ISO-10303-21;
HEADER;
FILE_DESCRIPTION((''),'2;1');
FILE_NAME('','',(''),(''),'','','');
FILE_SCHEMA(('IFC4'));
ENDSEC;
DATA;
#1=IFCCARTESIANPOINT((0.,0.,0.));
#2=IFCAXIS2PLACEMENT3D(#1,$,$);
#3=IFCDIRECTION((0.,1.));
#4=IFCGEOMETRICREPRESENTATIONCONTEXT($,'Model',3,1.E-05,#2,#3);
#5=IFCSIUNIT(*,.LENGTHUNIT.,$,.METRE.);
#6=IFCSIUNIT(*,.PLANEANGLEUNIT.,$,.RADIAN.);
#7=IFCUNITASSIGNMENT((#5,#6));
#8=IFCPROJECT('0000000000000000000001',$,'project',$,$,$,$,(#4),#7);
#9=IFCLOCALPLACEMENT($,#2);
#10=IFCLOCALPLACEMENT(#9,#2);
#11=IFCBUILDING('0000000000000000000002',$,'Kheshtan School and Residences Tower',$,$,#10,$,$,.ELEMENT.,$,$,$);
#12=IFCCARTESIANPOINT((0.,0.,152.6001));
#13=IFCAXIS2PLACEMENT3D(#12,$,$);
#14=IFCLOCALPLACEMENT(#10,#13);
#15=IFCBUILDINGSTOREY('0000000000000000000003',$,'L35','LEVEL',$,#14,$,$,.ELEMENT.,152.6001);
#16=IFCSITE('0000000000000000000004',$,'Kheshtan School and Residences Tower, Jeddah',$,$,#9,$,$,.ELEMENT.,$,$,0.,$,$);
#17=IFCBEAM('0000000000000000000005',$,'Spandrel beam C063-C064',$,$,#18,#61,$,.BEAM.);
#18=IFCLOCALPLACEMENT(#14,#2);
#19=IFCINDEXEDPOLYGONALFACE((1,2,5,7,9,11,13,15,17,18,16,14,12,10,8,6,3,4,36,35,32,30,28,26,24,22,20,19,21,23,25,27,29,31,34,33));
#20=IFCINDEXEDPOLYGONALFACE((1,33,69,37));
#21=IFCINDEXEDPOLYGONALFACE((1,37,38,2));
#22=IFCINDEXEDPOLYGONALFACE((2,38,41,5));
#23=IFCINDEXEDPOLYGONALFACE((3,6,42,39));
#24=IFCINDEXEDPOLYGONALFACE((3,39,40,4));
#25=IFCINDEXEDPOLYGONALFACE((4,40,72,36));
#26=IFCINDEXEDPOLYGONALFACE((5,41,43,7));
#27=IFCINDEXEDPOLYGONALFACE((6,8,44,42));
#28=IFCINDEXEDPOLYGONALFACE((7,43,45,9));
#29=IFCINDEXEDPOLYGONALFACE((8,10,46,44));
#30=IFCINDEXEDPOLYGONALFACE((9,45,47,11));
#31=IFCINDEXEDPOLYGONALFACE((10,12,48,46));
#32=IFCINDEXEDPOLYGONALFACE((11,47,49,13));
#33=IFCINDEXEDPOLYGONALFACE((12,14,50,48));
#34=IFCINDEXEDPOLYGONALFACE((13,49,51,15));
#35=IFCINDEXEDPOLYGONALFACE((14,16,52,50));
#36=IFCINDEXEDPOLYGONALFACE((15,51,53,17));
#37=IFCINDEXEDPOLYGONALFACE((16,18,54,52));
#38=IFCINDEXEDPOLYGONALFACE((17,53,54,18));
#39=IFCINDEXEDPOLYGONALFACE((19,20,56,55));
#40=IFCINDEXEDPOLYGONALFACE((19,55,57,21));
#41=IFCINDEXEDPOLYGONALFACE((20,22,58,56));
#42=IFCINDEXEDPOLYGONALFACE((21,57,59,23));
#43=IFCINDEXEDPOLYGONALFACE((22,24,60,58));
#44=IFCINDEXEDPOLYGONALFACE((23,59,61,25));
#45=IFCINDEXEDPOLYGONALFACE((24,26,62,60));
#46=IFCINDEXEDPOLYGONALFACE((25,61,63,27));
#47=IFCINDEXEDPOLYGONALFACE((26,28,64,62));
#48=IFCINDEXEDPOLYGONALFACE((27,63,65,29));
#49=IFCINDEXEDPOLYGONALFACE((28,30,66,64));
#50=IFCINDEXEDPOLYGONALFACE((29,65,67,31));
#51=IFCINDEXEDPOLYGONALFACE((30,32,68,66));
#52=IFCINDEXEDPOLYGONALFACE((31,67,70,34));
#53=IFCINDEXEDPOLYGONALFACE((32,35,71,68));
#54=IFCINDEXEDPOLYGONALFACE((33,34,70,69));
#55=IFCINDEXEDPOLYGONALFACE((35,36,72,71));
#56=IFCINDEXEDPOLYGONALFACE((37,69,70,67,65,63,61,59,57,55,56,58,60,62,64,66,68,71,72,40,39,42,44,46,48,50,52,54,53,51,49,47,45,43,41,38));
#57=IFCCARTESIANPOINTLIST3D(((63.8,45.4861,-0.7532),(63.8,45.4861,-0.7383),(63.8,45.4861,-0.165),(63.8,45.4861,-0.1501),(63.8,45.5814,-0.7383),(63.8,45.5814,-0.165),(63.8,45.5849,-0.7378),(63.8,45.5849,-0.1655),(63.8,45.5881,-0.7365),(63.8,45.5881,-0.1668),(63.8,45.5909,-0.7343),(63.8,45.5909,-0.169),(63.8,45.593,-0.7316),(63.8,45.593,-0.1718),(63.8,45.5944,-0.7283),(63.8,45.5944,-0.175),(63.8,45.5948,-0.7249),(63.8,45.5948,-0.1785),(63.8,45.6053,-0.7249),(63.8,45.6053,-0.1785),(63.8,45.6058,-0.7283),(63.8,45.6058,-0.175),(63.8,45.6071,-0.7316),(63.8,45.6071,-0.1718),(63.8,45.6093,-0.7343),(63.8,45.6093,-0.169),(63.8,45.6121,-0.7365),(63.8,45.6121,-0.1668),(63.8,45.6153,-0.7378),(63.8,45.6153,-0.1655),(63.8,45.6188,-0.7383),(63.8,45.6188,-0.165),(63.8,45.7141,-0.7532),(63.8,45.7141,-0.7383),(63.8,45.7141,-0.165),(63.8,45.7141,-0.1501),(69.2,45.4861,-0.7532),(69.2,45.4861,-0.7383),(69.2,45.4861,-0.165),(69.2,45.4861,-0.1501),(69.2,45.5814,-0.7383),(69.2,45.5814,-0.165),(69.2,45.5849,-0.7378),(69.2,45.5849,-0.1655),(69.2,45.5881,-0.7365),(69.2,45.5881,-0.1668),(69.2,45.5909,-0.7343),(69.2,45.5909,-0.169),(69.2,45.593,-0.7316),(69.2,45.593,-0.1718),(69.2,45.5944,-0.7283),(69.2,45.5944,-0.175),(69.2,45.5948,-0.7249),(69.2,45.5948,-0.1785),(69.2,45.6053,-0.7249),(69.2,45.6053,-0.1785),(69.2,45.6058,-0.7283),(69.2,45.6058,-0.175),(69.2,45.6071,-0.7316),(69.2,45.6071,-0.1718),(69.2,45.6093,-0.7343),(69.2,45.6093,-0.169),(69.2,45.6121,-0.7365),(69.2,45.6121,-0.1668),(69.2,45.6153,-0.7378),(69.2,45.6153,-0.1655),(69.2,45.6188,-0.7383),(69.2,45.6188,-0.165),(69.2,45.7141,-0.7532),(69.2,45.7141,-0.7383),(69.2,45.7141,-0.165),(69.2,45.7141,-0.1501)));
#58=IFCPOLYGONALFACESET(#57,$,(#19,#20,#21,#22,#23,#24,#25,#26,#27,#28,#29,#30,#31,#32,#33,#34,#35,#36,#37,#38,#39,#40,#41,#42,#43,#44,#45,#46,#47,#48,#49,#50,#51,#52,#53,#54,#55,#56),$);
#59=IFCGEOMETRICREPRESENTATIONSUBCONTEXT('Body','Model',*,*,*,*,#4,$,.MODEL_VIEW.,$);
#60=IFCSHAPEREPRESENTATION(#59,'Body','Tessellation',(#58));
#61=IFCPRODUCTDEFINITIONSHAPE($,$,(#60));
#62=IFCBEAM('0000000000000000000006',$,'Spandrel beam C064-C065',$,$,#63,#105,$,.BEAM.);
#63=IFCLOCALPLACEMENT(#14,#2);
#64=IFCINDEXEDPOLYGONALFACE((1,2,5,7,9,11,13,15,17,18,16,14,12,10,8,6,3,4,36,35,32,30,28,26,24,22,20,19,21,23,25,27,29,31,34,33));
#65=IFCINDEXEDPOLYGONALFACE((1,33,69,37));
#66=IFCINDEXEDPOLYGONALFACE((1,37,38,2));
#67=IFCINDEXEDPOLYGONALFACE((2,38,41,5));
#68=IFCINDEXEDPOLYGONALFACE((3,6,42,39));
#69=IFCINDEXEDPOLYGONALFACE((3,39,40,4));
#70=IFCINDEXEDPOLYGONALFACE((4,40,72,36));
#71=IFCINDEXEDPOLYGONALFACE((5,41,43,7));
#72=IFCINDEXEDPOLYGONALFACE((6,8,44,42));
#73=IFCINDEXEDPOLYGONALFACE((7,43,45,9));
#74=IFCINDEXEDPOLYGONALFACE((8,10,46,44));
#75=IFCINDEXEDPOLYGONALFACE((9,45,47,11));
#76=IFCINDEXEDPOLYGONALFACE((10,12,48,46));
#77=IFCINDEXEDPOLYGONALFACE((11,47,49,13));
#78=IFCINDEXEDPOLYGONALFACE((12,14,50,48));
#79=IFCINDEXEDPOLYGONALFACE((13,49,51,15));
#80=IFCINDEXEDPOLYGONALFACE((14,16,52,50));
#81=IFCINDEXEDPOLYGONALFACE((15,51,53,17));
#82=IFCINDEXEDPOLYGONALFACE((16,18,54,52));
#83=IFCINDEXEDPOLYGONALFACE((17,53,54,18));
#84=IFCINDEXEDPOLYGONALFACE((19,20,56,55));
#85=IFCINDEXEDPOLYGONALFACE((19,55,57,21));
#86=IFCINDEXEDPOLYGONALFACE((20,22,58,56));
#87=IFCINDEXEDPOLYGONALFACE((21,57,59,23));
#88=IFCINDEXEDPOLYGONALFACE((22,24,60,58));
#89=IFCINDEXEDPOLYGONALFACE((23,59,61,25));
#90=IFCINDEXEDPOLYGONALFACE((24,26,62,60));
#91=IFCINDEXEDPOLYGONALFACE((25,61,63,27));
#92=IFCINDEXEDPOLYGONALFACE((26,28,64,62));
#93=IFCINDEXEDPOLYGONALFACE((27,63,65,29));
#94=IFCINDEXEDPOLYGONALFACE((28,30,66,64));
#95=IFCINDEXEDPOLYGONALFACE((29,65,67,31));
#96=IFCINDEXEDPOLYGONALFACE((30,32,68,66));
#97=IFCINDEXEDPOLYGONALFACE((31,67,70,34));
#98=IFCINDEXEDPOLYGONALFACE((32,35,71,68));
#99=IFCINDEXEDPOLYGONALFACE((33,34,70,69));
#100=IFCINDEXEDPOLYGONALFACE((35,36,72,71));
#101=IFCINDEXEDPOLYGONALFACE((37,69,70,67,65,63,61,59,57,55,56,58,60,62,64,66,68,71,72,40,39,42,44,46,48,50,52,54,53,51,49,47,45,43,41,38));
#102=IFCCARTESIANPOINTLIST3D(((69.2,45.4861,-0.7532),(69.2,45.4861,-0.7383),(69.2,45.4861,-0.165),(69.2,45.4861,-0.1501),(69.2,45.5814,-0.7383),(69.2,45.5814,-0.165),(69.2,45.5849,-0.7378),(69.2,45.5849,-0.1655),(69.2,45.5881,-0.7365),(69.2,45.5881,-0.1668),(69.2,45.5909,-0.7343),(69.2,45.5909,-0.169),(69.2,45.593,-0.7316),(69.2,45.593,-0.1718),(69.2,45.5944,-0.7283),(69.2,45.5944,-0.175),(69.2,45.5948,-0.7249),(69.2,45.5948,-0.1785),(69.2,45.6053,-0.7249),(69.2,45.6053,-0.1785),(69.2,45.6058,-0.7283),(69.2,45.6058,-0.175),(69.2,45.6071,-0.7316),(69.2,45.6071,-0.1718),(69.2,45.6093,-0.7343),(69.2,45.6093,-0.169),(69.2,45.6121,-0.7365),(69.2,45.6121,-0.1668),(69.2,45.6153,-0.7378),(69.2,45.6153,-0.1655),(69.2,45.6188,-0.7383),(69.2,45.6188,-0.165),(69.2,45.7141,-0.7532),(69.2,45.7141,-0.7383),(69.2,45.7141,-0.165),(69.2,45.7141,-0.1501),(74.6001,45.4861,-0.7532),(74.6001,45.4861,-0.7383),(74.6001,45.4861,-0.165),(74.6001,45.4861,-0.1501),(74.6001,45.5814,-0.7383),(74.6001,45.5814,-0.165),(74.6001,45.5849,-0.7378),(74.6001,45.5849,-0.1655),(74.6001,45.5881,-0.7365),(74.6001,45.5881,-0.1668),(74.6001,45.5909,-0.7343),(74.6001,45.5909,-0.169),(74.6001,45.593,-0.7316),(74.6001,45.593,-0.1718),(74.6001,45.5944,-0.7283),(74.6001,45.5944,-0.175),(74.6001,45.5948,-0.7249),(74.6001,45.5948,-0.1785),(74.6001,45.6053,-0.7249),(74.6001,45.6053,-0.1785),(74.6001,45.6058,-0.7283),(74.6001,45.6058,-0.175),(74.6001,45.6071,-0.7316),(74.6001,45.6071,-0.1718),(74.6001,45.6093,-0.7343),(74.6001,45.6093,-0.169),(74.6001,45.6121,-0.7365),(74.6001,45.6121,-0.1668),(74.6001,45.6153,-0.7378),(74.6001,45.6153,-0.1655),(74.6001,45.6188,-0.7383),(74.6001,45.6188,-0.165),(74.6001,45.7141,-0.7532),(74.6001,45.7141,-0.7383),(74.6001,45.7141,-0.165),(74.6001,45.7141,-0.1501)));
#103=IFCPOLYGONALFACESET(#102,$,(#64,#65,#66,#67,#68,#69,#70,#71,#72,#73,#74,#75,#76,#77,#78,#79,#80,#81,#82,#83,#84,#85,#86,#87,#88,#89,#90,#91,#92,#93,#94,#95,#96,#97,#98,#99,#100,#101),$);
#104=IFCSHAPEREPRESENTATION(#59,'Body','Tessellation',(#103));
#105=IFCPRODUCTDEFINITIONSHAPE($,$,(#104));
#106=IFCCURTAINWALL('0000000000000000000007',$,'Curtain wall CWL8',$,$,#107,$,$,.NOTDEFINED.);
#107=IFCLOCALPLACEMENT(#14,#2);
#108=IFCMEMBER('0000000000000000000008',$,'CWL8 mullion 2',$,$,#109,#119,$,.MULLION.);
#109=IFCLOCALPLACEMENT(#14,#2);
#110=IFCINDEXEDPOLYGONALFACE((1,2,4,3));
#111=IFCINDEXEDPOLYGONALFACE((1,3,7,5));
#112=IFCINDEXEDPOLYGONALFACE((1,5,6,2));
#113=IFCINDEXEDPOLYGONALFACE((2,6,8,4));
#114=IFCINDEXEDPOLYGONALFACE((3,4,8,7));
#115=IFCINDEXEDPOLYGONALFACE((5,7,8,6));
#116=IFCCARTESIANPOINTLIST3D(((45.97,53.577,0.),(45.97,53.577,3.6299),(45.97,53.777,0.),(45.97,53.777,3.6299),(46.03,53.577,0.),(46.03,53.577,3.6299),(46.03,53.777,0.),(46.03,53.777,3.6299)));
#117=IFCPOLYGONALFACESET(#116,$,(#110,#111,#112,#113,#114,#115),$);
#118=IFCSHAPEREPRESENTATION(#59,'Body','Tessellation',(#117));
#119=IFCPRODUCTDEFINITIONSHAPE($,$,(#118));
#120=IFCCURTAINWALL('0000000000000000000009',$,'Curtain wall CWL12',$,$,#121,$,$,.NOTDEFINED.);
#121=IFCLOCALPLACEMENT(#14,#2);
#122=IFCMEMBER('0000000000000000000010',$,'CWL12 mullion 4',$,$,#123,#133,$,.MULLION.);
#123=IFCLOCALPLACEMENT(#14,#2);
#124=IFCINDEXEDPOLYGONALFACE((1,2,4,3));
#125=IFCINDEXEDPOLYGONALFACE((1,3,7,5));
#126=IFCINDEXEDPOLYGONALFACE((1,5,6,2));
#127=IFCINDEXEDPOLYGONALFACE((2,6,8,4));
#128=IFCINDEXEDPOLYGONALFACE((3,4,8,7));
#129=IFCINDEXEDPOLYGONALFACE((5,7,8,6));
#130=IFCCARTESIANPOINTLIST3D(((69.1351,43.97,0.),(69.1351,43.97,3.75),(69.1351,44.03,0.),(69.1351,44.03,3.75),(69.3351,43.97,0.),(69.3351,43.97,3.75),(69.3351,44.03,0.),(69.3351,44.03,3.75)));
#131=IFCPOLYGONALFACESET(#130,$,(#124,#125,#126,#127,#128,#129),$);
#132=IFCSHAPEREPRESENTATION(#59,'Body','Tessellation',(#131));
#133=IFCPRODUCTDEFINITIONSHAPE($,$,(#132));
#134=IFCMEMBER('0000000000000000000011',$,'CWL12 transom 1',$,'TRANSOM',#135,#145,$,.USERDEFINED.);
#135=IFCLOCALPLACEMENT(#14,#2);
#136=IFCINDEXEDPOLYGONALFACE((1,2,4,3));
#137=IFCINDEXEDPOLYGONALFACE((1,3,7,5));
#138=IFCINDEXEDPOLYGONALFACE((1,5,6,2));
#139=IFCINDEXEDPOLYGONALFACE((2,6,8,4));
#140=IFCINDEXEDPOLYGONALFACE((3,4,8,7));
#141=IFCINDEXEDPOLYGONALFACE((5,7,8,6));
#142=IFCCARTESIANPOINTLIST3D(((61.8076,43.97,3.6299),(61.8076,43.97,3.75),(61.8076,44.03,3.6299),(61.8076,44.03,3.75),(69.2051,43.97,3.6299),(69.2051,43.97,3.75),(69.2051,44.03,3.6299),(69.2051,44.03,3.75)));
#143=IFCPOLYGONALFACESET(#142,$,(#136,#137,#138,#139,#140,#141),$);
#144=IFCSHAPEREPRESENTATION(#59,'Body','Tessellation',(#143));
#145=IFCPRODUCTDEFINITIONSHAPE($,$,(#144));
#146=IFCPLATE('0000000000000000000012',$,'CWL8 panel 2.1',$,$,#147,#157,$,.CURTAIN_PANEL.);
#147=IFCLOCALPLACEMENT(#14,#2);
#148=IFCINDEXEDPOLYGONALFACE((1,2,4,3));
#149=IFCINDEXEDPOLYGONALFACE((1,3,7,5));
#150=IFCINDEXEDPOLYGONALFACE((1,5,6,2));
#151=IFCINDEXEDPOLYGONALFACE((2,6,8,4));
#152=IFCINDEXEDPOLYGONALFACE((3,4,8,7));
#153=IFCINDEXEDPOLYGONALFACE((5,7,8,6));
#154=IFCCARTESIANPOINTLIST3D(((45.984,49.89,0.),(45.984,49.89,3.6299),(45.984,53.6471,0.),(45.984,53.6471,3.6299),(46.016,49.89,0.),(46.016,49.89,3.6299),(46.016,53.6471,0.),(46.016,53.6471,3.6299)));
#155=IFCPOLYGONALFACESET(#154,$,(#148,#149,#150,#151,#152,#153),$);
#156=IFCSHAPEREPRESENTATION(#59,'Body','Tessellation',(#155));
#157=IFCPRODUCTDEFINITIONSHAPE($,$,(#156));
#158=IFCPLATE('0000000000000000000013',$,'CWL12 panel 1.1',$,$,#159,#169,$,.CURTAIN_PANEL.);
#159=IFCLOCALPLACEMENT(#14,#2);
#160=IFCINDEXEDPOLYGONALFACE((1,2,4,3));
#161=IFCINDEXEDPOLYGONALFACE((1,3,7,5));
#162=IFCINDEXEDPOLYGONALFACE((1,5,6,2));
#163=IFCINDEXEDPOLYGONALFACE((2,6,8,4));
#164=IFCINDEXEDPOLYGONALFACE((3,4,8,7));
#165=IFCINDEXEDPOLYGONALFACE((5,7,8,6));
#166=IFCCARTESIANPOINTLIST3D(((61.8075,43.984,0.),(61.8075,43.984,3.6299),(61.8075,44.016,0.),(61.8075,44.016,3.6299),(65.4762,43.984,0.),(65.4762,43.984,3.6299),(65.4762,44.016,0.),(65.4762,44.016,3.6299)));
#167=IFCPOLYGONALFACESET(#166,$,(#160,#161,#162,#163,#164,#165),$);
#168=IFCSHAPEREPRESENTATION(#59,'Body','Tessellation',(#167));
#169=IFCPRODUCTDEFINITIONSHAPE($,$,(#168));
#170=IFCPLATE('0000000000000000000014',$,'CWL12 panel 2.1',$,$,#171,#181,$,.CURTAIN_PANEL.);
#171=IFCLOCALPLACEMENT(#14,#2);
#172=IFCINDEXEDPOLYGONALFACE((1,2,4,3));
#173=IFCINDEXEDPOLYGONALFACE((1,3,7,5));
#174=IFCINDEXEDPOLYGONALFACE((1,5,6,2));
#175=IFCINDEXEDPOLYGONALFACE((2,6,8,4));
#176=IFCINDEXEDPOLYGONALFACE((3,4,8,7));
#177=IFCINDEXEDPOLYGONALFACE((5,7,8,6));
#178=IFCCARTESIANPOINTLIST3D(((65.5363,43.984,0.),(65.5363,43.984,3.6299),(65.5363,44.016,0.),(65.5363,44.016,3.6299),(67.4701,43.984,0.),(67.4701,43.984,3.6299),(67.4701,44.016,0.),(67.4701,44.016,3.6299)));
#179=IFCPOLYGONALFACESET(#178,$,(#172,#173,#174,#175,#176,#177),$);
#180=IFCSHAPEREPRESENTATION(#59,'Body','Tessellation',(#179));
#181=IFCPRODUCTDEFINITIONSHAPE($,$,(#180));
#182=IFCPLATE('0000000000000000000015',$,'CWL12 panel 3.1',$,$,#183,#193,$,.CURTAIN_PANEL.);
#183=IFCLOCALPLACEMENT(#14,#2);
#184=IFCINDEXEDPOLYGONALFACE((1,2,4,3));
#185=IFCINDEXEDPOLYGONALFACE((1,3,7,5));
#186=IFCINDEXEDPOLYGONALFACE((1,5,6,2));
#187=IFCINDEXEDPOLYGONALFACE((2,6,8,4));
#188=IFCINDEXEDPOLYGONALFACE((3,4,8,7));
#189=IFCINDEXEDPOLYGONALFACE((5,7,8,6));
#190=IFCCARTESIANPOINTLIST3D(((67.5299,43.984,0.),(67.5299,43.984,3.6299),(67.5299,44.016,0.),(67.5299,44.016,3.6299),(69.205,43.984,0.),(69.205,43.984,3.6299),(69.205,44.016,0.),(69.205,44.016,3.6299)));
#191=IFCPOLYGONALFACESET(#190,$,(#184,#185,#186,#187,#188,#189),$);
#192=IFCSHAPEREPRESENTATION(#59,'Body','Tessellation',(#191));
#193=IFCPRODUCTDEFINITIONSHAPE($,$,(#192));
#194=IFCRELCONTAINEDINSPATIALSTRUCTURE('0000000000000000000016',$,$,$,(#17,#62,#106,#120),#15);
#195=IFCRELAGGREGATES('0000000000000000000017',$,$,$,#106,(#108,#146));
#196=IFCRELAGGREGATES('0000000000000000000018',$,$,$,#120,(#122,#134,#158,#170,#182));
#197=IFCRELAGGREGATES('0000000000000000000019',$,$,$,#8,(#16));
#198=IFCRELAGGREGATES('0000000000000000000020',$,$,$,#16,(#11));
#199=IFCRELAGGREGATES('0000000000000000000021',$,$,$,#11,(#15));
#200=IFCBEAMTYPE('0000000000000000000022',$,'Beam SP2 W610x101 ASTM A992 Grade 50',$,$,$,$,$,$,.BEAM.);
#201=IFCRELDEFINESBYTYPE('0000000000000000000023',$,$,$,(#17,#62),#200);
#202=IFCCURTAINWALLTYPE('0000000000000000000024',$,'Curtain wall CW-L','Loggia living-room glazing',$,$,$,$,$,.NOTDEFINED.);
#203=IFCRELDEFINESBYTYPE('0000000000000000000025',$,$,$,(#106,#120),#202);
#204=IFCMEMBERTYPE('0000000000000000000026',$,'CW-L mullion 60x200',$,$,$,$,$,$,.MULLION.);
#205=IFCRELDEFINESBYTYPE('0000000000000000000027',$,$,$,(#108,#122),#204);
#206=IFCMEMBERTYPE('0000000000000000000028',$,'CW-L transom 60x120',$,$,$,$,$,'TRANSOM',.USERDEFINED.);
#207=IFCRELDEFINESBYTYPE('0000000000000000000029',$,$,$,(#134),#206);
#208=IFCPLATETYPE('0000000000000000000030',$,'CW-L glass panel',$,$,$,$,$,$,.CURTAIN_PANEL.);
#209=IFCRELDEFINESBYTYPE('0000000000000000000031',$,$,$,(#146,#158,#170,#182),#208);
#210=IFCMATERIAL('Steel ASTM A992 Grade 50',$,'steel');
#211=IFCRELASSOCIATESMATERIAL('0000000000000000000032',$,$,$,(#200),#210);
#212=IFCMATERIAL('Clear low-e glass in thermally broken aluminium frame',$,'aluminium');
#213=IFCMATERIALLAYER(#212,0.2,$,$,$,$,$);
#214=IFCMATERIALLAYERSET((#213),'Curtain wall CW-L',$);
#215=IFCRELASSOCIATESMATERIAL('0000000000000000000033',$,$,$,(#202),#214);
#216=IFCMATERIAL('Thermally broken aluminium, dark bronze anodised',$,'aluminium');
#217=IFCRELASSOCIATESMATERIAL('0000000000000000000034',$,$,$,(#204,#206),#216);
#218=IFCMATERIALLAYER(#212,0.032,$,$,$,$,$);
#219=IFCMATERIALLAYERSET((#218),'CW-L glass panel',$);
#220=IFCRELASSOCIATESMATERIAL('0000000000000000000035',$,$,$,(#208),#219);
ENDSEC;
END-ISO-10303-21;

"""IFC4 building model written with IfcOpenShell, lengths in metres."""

from ifc_helpers import new_model, si_unit, direction, frame, origin, origin_2d, place, context, subcontext, project, spatial, rectangle, i_section, extrude, material, layer, layer_set, material_profile, profile_set, type_object, element, aggregate, save


model = new_model("IFC4")

# Units and contexts
model_context = context("Model", 3, precision=1e-05, world=origin(), true_north=direction((0.0, 1.0)))
body_context = subcontext(model_context, "Body", "Model", "MODEL_VIEW")
ifc_project = project(units=[si_unit("LENGTHUNIT", "METRE"), si_unit("PLANEANGLEUNIT", "RADIAN")], contexts=[model_context])

# Site, building, storey
site_placement = place(None, origin())
site = spatial("IfcSite", under=ifc_project, at=site_placement, Name="Kheshtan School and Residences Tower, Jeddah", CompositionType="ELEMENT", RefElevation=0.0)
building_placement = place(site_placement, origin())
building = spatial("IfcBuilding", under=site, at=building_placement, Name="Kheshtan School and Residences Tower", CompositionType="ELEMENT")
storey_placement = place(building_placement, frame((0.0, 0.0, 152.6001)))
storey = spatial("IfcBuildingStorey", under=building, at=storey_placement, Name="L35", Description="LEVEL", CompositionType="ELEMENT", Elevation=152.6001)

# Shared definitions
ifc_material_1 = material(Name="Steel ASTM A992 Grade 50", Category="steel")

# Beams
ifc_material_profile_1 = material_profile(ifc_material_1, i_section(OverallWidth=0.228, OverallDepth=0.603, WebThickness=0.0105, FlangeThickness=0.0149, FilletRadius=0.0134, at=origin_2d()), Name="W610x101")
ifc_profile_set_1 = profile_set([ifc_material_profile_1], Name="Steel ASTM A992 Grade 50")
beam_type_1 = type_object("IfcBeamType", Name="Beam SP2 W610x101 ASTM A992 Grade 50", PredefinedType="BEAM", material=ifc_profile_set_1)
beam_1_placement = place(storey_placement, frame((63.8, 45.6001, -0.4517), z_axis=(1.0, 0.0, 0.0), x_axis=(0.0, 1.0, 0.0)))
element("IfcBeam", 1, at=beam_1_placement, inside=storey, type_object=beam_type_1, Name="Spandrel beam C063-C064", PredefinedType="BEAM", context=body_context, shape_type="SweptSolid", body=[
    extrude(i_section(OverallWidth=0.228, OverallDepth=0.603, WebThickness=0.0105, FlangeThickness=0.0149, FilletRadius=0.0134, at=origin_2d()), origin(), (0.0, 0.0, 1.0), 5.3999),
])
beam_2_placement = place(storey_placement, frame((69.2, 45.6001, -0.4517), z_axis=(1.0, 0.0, 0.0), x_axis=(0.0, 1.0, 0.0)))
element("IfcBeam", 2, at=beam_2_placement, inside=storey, type_object=beam_type_1, Name="Spandrel beam C064-C065", PredefinedType="BEAM", context=body_context, shape_type="SweptSolid", body=[
    extrude(i_section(OverallWidth=0.228, OverallDepth=0.603, WebThickness=0.0105, FlangeThickness=0.0149, FilletRadius=0.0134, at=origin_2d()), origin(), (0.0, 0.0, 1.0), 5.4001),
])

# Curtain wall, member
ifc_material_2 = material(Name="Clear low-e glass in thermally broken aluminium frame", Category="aluminium")
ifc_layer_1 = layer(ifc_material_2, 0.2)
ifc_layer_set_1 = layer_set([ifc_layer_1], Name="Curtain wall CW-L")
curtain_wall_type = type_object("IfcCurtainWallType", Name="Curtain wall CW-L", Description="Loggia living-room glazing", PredefinedType="NOTDEFINED", material=ifc_layer_set_1)
curtain_wall_1_placement = place(storey_placement, origin())
curtain_wall_1 = element("IfcCurtainWall", 3, at=curtain_wall_1_placement, inside=storey, type_object=curtain_wall_type, Name="Curtain wall CWL8", PredefinedType="NOTDEFINED")
ifc_material_3 = material(Name="Thermally broken aluminium, dark bronze anodised", Category="aluminium")
ifc_material_profile_2 = material_profile(ifc_material_3, rectangle(XDim=0.0601, YDim=0.2, at=origin_2d()), Name="CW-L mullion 60x200")
ifc_profile_set_2 = profile_set([ifc_material_profile_2], Name="Thermally broken aluminium, dark bronze anodised")
member_type_1 = type_object("IfcMemberType", Name="CW-L mullion 60x200", PredefinedType="MULLION", material=ifc_profile_set_2)
member_1_placement = place(storey_placement, frame((46.0, 53.677, 0.0), z_axis=(0.0, 0.0, 1.0), x_axis=(1.0, 0.0, 0.0)))
member_1 = element("IfcMember", 4, at=member_1_placement, type_object=member_type_1, Name="CWL8 mullion 2", PredefinedType="MULLION", context=body_context, shape_type="SweptSolid", body=[
    extrude(rectangle(XDim=0.0601, YDim=0.2, at=origin_2d()), origin(), (0.0, 0.0, 1.0), 3.6299),
])

# Curtain wall, members
curtain_wall_2_placement = place(storey_placement, origin())
curtain_wall_2 = element("IfcCurtainWall", 5, at=curtain_wall_2_placement, inside=storey, type_object=curtain_wall_type, Name="Curtain wall CWL12", PredefinedType="NOTDEFINED")
member_2_placement = place(storey_placement, frame((69.2351, 44.0, 0.0), z_axis=(0.0, 0.0, 1.0), x_axis=(0.0, 1.0, 0.0)))
member_2 = element("IfcMember", 6, at=member_2_placement, type_object=member_type_1, Name="CWL12 mullion 4", PredefinedType="MULLION", context=body_context, shape_type="SweptSolid", body=[
    extrude(rectangle(XDim=0.0601, YDim=0.2, at=origin_2d()), origin(), (0.0, 0.0, 1.0), 3.75),
])
ifc_material_profile_3 = material_profile(ifc_material_3, rectangle(XDim=0.0601, YDim=0.1201, at=origin_2d()), Name="CW-L transom 60x120")
ifc_profile_set_3 = profile_set([ifc_material_profile_3], Name="Thermally broken aluminium, dark bronze anodised")
member_type_2 = type_object("IfcMemberType", Name="CW-L transom 60x120", ElementType="TRANSOM", PredefinedType="USERDEFINED", material=ifc_profile_set_3)
member_3_placement = place(storey_placement, frame((61.8076, 44.0, 3.6899), z_axis=(1.0, 0.0, 0.0), x_axis=(0.0, 1.0, 0.0)))
member_3 = element("IfcMember", 7, at=member_3_placement, type_object=member_type_2, Name="CWL12 transom 1", ObjectType="TRANSOM", PredefinedType="USERDEFINED", context=body_context, shape_type="SweptSolid", body=[
    extrude(rectangle(XDim=0.0601, YDim=0.1201, at=origin_2d()), origin(), (0.0, 0.0, 1.0), 7.3975),
])

# Plates
ifc_layer_2 = layer(ifc_material_2, 0.032)
ifc_layer_set_2 = layer_set([ifc_layer_2], Name="CW-L glass panel")
plate_type = type_object("IfcPlateType", Name="CW-L glass panel", PredefinedType="CURTAIN_PANEL", material=ifc_layer_set_2)
plate_1_placement = place(storey_placement, frame((46.0, 51.7686, 0.0), z_axis=(0.0, 0.0, 1.0), x_axis=(0.0, -1.0, 0.0)))
plate_1 = element("IfcPlate", 8, at=plate_1_placement, type_object=plate_type, Name="CWL8 panel 2.1", PredefinedType="CURTAIN_PANEL", context=body_context, shape_type="SweptSolid", body=[
    extrude(rectangle(XDim=3.7571, YDim=0.032, at=origin_2d()), origin(), (0.0, 0.0, 1.0), 3.6299),
])
aggregate(curtain_wall_1, [member_1, plate_1])
plate_2_placement = place(storey_placement, frame((63.6418, 44.0, 0.0), z_axis=(0.0, 0.0, 1.0), x_axis=(1.0, 0.0, 0.0)))
plate_2 = element("IfcPlate", 9, at=plate_2_placement, type_object=plate_type, Name="CWL12 panel 1.1", PredefinedType="CURTAIN_PANEL", context=body_context, shape_type="SweptSolid", body=[
    extrude(rectangle(XDim=3.6687, YDim=0.032, at=origin_2d()), origin(), (0.0, 0.0, 1.0), 3.6299),
])
plate_3_placement = place(storey_placement, frame((66.5032, 44.0, 0.0), z_axis=(0.0, 0.0, 1.0), x_axis=(1.0, 0.0, 0.0)))
plate_3 = element("IfcPlate", 10, at=plate_3_placement, type_object=plate_type, Name="CWL12 panel 2.1", PredefinedType="CURTAIN_PANEL", context=body_context, shape_type="SweptSolid", body=[
    extrude(rectangle(XDim=1.9338, YDim=0.032, at=origin_2d()), origin(), (0.0, 0.0, 1.0), 3.6299),
])
plate_4_placement = place(storey_placement, frame((68.3674, 44.0, 0.0), z_axis=(0.0, 0.0, 1.0), x_axis=(1.0, 0.0, 0.0)))
plate_4 = element("IfcPlate", 11, at=plate_4_placement, type_object=plate_type, Name="CWL12 panel 3.1", PredefinedType="CURTAIN_PANEL", context=body_context, shape_type="SweptSolid", body=[
    extrude(rectangle(XDim=1.675, YDim=0.032, at=origin_2d()), origin(), (0.0, 0.0, 1.0), 3.6299),
])
aggregate(curtain_wall_2, [member_2, member_3, plate_2, plate_3, plate_4])

save(model, "model.ifc")
